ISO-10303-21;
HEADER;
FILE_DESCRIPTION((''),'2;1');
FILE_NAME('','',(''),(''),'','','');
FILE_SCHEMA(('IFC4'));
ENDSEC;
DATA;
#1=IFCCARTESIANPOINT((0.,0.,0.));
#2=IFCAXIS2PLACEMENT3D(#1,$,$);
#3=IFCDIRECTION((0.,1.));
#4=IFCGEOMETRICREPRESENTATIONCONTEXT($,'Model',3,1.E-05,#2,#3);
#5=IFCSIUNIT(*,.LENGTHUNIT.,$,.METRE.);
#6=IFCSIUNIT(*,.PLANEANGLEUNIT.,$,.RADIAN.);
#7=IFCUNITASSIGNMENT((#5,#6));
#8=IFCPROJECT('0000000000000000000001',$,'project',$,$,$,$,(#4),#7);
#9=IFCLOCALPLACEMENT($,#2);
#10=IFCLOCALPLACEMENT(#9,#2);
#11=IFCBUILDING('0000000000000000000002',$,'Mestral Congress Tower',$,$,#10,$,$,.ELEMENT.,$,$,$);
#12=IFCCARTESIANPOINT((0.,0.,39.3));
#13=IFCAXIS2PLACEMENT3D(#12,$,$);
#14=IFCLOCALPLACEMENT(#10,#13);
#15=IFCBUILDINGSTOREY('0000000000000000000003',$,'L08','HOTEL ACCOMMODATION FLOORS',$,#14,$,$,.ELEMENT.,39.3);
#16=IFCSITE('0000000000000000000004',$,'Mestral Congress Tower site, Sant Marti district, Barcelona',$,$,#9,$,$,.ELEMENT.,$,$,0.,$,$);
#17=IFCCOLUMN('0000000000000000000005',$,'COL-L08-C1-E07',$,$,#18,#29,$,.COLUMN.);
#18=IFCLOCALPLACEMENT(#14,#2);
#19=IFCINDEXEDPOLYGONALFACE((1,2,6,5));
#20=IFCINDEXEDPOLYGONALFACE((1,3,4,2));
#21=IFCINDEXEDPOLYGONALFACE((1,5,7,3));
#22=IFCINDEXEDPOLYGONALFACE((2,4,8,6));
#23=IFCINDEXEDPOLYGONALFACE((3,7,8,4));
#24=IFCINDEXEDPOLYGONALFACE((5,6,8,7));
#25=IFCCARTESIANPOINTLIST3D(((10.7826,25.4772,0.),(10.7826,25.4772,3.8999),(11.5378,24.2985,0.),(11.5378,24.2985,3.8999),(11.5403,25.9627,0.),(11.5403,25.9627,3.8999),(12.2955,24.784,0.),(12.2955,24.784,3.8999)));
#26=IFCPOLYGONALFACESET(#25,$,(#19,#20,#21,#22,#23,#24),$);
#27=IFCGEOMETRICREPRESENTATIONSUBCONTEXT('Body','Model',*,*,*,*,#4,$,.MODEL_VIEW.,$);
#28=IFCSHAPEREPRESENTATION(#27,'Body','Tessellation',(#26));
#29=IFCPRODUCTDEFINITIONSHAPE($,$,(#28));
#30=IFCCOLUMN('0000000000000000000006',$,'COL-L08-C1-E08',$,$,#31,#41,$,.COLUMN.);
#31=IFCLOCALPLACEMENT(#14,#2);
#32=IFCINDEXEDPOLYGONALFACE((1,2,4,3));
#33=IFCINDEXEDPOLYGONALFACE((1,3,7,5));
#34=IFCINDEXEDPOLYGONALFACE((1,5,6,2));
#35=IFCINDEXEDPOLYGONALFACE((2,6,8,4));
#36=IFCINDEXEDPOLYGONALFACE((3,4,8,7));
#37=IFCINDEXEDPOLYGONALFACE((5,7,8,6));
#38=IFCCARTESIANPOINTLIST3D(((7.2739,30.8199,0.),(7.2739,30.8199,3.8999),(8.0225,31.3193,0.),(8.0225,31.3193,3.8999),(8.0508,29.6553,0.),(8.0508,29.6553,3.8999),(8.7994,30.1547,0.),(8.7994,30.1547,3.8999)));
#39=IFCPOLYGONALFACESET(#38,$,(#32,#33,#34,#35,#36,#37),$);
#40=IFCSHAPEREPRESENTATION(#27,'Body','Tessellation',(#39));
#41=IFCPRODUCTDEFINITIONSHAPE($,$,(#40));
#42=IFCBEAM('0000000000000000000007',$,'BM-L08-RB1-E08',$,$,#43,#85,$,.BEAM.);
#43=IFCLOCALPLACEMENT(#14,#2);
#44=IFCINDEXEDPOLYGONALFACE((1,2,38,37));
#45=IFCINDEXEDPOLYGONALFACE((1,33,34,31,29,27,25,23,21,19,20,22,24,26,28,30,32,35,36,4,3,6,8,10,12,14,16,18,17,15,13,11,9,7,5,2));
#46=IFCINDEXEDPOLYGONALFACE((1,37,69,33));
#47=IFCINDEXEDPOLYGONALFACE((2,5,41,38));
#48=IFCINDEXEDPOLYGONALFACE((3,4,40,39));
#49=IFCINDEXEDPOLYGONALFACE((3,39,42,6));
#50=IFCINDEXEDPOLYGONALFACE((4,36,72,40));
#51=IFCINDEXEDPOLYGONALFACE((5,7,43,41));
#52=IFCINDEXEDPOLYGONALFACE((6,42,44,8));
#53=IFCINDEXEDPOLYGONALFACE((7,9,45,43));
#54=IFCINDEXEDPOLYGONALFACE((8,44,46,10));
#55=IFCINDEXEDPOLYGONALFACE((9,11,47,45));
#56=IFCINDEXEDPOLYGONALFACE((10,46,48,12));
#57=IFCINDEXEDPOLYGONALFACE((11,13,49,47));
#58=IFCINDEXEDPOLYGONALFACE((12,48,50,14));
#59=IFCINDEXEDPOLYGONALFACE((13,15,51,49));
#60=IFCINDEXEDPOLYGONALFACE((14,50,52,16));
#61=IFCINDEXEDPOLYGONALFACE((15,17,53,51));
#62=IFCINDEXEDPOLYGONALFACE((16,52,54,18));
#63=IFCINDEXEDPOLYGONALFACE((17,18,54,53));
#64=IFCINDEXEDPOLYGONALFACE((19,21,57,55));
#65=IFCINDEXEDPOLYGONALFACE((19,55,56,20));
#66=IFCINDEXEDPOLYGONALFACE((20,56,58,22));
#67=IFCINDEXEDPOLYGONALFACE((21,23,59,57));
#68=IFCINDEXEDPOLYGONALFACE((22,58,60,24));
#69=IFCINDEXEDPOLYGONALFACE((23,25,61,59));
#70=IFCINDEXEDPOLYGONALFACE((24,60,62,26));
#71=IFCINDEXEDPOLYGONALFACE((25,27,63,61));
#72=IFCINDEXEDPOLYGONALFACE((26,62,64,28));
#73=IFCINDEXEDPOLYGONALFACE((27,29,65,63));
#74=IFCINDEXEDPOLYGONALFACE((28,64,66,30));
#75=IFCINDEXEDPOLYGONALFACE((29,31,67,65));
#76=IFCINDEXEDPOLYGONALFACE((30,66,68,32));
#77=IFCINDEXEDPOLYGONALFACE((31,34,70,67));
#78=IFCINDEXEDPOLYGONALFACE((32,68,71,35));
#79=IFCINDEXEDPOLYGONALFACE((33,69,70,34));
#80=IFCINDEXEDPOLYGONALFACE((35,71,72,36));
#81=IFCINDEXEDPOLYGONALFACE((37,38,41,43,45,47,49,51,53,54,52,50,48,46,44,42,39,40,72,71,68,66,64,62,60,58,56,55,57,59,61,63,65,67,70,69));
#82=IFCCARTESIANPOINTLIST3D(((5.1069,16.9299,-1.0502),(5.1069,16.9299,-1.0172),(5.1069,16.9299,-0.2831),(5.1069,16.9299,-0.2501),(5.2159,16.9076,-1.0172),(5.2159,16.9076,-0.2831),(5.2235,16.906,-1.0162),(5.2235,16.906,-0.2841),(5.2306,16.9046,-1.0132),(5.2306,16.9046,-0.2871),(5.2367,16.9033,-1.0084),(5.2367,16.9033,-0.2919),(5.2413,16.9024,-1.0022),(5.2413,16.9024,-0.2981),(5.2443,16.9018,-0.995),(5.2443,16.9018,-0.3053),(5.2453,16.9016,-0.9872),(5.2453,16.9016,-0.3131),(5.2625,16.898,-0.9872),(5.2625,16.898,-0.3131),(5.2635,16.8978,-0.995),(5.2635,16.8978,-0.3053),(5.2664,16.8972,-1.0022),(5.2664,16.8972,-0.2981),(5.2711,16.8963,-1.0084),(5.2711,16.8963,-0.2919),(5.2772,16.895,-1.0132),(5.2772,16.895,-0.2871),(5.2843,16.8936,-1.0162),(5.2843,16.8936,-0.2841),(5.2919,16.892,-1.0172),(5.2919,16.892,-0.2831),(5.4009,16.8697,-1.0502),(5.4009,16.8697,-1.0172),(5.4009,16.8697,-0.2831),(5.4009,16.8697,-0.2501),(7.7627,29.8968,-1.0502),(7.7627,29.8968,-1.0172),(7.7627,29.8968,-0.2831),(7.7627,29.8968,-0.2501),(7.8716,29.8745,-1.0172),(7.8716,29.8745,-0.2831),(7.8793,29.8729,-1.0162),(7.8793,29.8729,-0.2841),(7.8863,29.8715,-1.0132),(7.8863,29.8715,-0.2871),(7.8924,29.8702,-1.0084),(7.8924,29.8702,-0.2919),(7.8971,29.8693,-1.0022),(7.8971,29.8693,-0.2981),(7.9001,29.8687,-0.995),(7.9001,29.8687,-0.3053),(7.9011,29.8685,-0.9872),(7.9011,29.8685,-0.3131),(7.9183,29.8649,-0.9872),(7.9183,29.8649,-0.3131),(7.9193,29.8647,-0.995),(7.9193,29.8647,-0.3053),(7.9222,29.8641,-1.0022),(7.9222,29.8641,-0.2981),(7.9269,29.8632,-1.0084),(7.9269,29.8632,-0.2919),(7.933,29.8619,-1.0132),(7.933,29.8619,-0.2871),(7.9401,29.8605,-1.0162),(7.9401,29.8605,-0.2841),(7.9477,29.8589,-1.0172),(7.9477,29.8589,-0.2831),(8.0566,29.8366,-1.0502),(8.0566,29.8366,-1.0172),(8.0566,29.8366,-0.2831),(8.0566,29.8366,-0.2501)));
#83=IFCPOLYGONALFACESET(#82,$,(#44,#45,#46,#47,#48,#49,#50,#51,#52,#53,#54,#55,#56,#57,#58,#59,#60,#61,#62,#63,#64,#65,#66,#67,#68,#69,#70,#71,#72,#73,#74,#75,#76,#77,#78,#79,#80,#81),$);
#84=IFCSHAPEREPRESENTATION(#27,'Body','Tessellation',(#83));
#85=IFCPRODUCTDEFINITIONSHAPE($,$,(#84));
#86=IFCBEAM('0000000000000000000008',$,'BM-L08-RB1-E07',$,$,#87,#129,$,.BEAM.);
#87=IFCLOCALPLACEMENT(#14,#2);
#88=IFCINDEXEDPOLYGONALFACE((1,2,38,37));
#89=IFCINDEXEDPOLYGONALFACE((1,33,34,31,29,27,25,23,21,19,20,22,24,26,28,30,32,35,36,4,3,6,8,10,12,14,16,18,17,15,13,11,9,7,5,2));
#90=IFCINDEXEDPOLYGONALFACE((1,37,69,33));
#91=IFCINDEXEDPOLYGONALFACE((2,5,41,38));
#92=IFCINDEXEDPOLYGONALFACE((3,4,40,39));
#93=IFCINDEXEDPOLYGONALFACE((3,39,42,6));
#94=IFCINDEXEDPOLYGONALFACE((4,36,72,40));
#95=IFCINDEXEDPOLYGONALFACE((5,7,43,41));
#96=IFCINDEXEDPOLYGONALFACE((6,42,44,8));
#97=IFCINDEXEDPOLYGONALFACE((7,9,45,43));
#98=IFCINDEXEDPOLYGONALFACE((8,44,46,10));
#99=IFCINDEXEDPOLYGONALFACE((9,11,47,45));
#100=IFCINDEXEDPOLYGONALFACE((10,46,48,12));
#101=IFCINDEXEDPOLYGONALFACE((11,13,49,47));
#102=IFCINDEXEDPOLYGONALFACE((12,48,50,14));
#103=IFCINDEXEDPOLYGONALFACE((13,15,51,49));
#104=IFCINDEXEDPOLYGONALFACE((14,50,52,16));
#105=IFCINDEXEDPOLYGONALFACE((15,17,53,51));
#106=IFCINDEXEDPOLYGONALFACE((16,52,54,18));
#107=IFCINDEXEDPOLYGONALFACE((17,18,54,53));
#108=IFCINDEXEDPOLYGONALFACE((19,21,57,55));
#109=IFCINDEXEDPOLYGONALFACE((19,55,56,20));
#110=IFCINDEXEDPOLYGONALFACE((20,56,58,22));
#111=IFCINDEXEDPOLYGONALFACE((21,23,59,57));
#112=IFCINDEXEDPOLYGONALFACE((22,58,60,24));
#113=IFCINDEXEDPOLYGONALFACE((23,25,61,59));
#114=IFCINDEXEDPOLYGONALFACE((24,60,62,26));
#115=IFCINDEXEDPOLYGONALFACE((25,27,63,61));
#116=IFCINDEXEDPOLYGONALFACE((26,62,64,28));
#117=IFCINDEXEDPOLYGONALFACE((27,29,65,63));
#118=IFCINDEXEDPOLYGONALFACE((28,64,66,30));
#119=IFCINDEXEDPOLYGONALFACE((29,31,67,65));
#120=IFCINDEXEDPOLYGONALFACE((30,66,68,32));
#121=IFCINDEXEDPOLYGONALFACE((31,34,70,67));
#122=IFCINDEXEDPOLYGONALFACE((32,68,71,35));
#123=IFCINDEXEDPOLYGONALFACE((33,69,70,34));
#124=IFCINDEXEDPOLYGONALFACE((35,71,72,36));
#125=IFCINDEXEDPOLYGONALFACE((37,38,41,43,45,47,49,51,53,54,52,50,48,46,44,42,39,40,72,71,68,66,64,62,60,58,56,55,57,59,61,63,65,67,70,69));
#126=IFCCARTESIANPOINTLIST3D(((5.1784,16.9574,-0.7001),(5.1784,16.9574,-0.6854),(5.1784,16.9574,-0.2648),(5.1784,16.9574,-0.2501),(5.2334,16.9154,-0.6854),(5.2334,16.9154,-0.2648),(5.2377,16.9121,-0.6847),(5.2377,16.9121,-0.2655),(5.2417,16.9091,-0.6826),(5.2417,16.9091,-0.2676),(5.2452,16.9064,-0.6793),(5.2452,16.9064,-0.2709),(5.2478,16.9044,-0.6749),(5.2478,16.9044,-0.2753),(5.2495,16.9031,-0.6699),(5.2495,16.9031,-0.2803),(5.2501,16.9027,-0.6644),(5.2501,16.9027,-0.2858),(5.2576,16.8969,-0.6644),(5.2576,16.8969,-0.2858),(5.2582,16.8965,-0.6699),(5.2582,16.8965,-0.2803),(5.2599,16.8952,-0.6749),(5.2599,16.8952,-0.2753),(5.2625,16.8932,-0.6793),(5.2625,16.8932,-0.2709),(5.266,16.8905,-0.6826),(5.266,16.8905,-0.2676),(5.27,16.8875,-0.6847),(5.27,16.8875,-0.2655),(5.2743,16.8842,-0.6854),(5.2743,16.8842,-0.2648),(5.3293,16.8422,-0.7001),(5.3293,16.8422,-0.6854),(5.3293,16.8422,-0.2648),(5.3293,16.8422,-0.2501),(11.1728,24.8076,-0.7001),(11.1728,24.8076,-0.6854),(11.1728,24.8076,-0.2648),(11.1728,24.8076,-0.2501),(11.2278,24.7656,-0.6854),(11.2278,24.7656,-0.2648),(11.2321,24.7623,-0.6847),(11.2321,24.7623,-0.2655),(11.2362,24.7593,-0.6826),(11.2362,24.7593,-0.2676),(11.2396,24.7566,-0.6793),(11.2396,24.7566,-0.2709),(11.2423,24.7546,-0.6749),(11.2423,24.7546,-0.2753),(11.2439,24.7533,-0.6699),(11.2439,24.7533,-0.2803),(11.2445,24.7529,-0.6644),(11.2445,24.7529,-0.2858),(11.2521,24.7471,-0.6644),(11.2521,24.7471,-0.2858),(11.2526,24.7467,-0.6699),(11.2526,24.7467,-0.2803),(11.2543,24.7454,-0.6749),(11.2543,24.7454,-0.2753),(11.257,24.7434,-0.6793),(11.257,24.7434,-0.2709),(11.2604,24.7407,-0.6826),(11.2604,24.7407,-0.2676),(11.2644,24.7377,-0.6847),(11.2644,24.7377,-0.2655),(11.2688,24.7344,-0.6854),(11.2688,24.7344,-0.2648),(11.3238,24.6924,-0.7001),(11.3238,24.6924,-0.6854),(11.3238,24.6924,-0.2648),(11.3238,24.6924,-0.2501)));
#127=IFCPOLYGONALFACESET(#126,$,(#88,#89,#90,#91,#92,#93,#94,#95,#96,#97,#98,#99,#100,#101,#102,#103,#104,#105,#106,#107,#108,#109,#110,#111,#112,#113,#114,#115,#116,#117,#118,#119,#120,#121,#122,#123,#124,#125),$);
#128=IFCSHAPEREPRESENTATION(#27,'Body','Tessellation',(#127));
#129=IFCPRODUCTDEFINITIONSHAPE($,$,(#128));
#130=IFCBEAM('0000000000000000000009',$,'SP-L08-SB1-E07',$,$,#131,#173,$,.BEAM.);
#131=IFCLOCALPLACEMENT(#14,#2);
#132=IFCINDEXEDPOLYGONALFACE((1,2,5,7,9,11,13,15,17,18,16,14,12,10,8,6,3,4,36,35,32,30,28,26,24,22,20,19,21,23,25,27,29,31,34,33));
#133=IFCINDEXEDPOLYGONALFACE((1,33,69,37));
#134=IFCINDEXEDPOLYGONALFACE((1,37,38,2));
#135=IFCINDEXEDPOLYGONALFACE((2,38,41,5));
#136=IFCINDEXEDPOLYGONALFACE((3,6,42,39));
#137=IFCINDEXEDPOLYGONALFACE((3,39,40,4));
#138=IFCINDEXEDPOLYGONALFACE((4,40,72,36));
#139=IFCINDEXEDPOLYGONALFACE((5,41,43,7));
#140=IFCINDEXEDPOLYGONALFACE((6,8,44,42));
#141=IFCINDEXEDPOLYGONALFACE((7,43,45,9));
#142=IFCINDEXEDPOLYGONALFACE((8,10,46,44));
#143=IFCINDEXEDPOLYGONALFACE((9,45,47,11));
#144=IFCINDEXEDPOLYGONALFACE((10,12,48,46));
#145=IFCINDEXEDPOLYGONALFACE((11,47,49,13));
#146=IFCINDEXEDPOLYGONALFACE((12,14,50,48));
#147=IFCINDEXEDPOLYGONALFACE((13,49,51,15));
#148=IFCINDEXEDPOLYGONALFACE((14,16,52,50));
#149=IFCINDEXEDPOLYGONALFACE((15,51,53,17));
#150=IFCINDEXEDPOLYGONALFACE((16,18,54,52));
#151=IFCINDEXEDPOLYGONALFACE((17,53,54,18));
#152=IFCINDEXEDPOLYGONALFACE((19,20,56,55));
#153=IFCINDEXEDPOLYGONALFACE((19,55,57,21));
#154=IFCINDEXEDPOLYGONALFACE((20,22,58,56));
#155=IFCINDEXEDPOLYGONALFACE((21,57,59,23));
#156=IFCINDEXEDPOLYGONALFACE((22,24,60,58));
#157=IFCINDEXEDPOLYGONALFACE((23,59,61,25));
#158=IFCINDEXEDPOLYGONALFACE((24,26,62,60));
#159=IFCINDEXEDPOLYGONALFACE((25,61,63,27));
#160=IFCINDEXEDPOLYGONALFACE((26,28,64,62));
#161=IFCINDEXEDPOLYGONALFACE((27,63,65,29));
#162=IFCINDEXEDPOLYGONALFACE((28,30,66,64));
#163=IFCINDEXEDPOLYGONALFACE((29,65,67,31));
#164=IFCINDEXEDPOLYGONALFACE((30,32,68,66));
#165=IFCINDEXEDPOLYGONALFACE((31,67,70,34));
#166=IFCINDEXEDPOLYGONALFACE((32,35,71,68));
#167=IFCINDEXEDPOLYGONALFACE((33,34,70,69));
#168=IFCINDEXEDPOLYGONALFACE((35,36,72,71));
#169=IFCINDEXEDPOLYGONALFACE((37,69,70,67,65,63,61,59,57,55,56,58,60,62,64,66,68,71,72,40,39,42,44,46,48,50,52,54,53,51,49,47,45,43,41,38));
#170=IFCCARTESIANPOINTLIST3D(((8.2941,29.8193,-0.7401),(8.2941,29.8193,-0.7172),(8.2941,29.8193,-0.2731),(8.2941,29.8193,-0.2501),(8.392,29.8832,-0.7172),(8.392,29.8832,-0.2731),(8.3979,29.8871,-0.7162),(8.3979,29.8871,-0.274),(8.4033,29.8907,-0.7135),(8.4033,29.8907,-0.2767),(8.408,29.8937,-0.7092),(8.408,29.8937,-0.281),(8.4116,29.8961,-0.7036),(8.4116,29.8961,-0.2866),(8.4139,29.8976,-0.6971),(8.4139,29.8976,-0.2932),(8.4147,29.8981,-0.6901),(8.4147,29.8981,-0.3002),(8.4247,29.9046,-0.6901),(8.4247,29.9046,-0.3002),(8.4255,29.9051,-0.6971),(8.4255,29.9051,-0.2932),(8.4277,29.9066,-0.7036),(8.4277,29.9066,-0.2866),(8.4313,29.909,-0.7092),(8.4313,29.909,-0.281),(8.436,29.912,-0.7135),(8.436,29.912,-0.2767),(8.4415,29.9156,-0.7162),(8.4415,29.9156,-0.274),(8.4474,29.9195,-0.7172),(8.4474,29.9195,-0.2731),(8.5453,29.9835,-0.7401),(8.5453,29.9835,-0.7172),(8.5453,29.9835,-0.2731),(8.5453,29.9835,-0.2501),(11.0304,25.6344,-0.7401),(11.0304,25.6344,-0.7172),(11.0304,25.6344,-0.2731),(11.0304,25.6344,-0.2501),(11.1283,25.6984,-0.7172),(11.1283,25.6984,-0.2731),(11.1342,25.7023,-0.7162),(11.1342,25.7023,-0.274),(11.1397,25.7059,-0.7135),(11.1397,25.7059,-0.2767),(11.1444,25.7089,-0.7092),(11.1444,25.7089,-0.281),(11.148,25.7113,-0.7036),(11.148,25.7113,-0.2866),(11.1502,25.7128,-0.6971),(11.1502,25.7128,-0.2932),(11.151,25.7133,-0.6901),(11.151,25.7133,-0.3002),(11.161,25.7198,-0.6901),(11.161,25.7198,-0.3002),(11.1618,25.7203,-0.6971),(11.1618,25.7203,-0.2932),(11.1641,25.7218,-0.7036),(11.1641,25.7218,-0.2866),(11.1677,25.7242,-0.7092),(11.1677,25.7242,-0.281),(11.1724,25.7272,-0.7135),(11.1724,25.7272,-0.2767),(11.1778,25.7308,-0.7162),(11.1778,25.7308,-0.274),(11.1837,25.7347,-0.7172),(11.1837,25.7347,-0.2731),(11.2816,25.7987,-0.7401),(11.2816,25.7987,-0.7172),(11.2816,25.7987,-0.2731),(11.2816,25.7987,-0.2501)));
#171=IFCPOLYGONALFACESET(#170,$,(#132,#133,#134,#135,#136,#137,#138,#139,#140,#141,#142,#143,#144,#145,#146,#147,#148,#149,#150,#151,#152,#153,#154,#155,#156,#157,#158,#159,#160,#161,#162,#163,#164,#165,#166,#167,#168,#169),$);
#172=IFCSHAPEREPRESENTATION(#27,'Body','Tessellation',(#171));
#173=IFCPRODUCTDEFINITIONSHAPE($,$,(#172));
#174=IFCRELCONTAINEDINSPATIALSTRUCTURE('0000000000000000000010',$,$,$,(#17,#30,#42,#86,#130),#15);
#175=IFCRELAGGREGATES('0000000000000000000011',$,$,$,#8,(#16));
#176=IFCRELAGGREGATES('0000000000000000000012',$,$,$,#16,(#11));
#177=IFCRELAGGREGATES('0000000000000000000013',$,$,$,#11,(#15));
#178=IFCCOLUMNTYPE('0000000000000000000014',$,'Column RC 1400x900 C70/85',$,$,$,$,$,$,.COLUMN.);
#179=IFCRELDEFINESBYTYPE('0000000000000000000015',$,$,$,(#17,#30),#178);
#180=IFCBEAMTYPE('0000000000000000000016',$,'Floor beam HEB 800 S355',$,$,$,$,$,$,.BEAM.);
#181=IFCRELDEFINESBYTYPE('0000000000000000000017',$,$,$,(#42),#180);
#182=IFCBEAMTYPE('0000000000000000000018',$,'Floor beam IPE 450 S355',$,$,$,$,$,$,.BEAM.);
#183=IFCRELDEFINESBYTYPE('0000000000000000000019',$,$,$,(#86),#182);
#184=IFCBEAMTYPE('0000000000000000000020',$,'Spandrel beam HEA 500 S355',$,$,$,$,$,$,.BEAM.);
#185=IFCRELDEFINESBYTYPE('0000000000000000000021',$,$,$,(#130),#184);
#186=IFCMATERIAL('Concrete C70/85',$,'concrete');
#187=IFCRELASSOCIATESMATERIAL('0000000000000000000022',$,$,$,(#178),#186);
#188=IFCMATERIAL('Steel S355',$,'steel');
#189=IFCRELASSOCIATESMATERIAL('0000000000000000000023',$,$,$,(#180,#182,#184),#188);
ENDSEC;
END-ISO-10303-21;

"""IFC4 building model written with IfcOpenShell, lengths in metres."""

from ifc_helpers import new_model, si_unit, direction, frame, origin, origin_2d, place, context, subcontext, project, spatial, rectangle, i_section, extrude, material, material_profile, profile_set, type_object, element, save


model = new_model("IFC4")

# Units and contexts
model_context = context("Model", 3, precision=1e-05, world=origin(), true_north=direction((0.0, 1.0)))
body_context = subcontext(model_context, "Body", "Model", "MODEL_VIEW")
ifc_project = project(units=[si_unit("LENGTHUNIT", "METRE"), si_unit("PLANEANGLEUNIT", "RADIAN")], contexts=[model_context])

# Site, building, storey
site_placement = place(None, origin())
site = spatial("IfcSite", under=ifc_project, at=site_placement, Name="Mestral Congress Tower site, Sant Marti district, Barcelona", CompositionType="ELEMENT", RefElevation=0.0)
building_placement = place(site_placement, origin())
building = spatial("IfcBuilding", under=site, at=building_placement, Name="Mestral Congress Tower", CompositionType="ELEMENT")
storey_placement = place(building_placement, frame((0.0, 0.0, 39.3)))
storey = spatial("IfcBuildingStorey", under=building, at=storey_placement, Name="L08", Description="HOTEL ACCOMMODATION FLOORS", CompositionType="ELEMENT", Elevation=39.3)

# Columns
ifc_material_1 = material(Name="Concrete C70/85", Category="concrete")
ifc_material_profile_1 = material_profile(ifc_material_1, rectangle(XDim=1.3999, YDim=0.8999, at=origin_2d()), Name="RC 1400x900")
ifc_profile_set_1 = profile_set([ifc_material_profile_1], Name="Concrete C70/85")
column_type = type_object("IfcColumnType", Name="Column RC 1400x900 C70/85", PredefinedType="COLUMN", material=ifc_profile_set_1)
for number, where, z_axis, x_axis, name in (
    (1, (11.5391, 25.1306, 0.0), (0.0, 0.0, 1.0), (-0.539476, 0.842001, 0.0), "COL-L08-C1-E07"),
    (2, (8.0366, 30.4873, 0.0), (0.0, 0.0, 1.0), (-0.554949, 0.831884, 0.0), "COL-L08-C1-E08"),
):
    element("IfcColumn", number, at=place(storey_placement, frame(where, z_axis=z_axis, x_axis=x_axis)), inside=storey, type_object=column_type, Name=name, PredefinedType="COLUMN", context=body_context, shape_type="SweptSolid", body=[
        extrude(rectangle(XDim=1.3999, YDim=0.8999, at=origin_2d()), origin(), (0.0, 0.0, 1.0), 3.8999),
    ])

# Beams
ifc_material_2 = material(Name="Steel S355", Category="steel")
ifc_material_profile_2 = material_profile(ifc_material_2, i_section(OverallWidth=0.3, OverallDepth=0.8, WebThickness=0.0176, FlangeThickness=0.033, FilletRadius=0.03, at=origin_2d()), Name="HEB 800")
ifc_profile_set_2 = profile_set([ifc_material_profile_2], Name="Steel S355")
beam_type_1 = type_object("IfcBeamType", Name="Floor beam HEB 800 S355", PredefinedType="BEAM", material=ifc_profile_set_2)
beam_1_placement = place(storey_placement, frame((7.9097, 29.8667, -0.6501), z_axis=(-0.200647, -0.979664, 0.0), x_axis=(0.979664, -0.200647, 0.0)))
element("IfcBeam", 3, at=beam_1_placement, inside=storey, type_object=beam_type_1, Name="BM-L08-RB1-E08", PredefinedType="BEAM", context=body_context, shape_type="SweptSolid", body=[
    extrude(i_section(OverallWidth=0.3, OverallDepth=0.8, WebThickness=0.0176, FlangeThickness=0.033, FilletRadius=0.03, at=origin_2d()), origin(), (0.0, 0.0, 1.0), 13.2361),
])
ifc_material_profile_3 = material_profile(ifc_material_2, i_section(OverallWidth=0.1899, OverallDepth=0.45, WebThickness=0.0095, FlangeThickness=0.0146, FilletRadius=0.021, at=origin_2d()), Name="IPE 450")
ifc_profile_set_3 = profile_set([ifc_material_profile_3], Name="Steel S355")
beam_type_2 = type_object("IfcBeamType", Name="Floor beam IPE 450 S355", PredefinedType="BEAM", material=ifc_profile_set_3)
beam_2_placement = place(storey_placement, frame((11.2483, 24.75, -0.4751), z_axis=(-0.606899, -0.794779, 0.0), x_axis=(0.794779, -0.606899, 0.0)))
element("IfcBeam", 4, at=beam_2_placement, inside=storey, type_object=beam_type_2, Name="BM-L08-RB1-E07", PredefinedType="BEAM", context=body_context, shape_type="SweptSolid", body=[
    extrude(i_section(OverallWidth=0.1899, OverallDepth=0.45, WebThickness=0.0095, FlangeThickness=0.0146, FilletRadius=0.021, at=origin_2d()), origin(), (0.0, 0.0, 1.0), 9.8772),
])
ifc_material_profile_4 = material_profile(ifc_material_2, i_section(OverallWidth=0.3, OverallDepth=0.49, WebThickness=0.012, FlangeThickness=0.0229, FilletRadius=0.0271, at=origin_2d()), Name="HEA 500")
ifc_profile_set_4 = profile_set([ifc_material_profile_4], Name="Steel S355")
beam_type_3 = type_object("IfcBeamType", Name="Spandrel beam HEA 500 S355", PredefinedType="BEAM", material=ifc_profile_set_4)
beam_3_placement = place(storey_placement, frame((11.156, 25.7166, -0.4951), z_axis=(-0.547264, 0.83696, 0.0), x_axis=(-0.83696, -0.547264, 0.0)))
element("IfcBeam", 5, at=beam_3_placement, inside=storey, type_object=beam_type_3, Name="SP-L08-SB1-E07", PredefinedType="BEAM", context=body_context, shape_type="SweptSolid", body=[
    extrude(i_section(OverallWidth=0.3, OverallDepth=0.49, WebThickness=0.012, FlangeThickness=0.0229, FilletRadius=0.0271, at=origin_2d()), origin(), (0.0, 0.0, 1.0), 5.0),
])

save(model, "model.ifc")
